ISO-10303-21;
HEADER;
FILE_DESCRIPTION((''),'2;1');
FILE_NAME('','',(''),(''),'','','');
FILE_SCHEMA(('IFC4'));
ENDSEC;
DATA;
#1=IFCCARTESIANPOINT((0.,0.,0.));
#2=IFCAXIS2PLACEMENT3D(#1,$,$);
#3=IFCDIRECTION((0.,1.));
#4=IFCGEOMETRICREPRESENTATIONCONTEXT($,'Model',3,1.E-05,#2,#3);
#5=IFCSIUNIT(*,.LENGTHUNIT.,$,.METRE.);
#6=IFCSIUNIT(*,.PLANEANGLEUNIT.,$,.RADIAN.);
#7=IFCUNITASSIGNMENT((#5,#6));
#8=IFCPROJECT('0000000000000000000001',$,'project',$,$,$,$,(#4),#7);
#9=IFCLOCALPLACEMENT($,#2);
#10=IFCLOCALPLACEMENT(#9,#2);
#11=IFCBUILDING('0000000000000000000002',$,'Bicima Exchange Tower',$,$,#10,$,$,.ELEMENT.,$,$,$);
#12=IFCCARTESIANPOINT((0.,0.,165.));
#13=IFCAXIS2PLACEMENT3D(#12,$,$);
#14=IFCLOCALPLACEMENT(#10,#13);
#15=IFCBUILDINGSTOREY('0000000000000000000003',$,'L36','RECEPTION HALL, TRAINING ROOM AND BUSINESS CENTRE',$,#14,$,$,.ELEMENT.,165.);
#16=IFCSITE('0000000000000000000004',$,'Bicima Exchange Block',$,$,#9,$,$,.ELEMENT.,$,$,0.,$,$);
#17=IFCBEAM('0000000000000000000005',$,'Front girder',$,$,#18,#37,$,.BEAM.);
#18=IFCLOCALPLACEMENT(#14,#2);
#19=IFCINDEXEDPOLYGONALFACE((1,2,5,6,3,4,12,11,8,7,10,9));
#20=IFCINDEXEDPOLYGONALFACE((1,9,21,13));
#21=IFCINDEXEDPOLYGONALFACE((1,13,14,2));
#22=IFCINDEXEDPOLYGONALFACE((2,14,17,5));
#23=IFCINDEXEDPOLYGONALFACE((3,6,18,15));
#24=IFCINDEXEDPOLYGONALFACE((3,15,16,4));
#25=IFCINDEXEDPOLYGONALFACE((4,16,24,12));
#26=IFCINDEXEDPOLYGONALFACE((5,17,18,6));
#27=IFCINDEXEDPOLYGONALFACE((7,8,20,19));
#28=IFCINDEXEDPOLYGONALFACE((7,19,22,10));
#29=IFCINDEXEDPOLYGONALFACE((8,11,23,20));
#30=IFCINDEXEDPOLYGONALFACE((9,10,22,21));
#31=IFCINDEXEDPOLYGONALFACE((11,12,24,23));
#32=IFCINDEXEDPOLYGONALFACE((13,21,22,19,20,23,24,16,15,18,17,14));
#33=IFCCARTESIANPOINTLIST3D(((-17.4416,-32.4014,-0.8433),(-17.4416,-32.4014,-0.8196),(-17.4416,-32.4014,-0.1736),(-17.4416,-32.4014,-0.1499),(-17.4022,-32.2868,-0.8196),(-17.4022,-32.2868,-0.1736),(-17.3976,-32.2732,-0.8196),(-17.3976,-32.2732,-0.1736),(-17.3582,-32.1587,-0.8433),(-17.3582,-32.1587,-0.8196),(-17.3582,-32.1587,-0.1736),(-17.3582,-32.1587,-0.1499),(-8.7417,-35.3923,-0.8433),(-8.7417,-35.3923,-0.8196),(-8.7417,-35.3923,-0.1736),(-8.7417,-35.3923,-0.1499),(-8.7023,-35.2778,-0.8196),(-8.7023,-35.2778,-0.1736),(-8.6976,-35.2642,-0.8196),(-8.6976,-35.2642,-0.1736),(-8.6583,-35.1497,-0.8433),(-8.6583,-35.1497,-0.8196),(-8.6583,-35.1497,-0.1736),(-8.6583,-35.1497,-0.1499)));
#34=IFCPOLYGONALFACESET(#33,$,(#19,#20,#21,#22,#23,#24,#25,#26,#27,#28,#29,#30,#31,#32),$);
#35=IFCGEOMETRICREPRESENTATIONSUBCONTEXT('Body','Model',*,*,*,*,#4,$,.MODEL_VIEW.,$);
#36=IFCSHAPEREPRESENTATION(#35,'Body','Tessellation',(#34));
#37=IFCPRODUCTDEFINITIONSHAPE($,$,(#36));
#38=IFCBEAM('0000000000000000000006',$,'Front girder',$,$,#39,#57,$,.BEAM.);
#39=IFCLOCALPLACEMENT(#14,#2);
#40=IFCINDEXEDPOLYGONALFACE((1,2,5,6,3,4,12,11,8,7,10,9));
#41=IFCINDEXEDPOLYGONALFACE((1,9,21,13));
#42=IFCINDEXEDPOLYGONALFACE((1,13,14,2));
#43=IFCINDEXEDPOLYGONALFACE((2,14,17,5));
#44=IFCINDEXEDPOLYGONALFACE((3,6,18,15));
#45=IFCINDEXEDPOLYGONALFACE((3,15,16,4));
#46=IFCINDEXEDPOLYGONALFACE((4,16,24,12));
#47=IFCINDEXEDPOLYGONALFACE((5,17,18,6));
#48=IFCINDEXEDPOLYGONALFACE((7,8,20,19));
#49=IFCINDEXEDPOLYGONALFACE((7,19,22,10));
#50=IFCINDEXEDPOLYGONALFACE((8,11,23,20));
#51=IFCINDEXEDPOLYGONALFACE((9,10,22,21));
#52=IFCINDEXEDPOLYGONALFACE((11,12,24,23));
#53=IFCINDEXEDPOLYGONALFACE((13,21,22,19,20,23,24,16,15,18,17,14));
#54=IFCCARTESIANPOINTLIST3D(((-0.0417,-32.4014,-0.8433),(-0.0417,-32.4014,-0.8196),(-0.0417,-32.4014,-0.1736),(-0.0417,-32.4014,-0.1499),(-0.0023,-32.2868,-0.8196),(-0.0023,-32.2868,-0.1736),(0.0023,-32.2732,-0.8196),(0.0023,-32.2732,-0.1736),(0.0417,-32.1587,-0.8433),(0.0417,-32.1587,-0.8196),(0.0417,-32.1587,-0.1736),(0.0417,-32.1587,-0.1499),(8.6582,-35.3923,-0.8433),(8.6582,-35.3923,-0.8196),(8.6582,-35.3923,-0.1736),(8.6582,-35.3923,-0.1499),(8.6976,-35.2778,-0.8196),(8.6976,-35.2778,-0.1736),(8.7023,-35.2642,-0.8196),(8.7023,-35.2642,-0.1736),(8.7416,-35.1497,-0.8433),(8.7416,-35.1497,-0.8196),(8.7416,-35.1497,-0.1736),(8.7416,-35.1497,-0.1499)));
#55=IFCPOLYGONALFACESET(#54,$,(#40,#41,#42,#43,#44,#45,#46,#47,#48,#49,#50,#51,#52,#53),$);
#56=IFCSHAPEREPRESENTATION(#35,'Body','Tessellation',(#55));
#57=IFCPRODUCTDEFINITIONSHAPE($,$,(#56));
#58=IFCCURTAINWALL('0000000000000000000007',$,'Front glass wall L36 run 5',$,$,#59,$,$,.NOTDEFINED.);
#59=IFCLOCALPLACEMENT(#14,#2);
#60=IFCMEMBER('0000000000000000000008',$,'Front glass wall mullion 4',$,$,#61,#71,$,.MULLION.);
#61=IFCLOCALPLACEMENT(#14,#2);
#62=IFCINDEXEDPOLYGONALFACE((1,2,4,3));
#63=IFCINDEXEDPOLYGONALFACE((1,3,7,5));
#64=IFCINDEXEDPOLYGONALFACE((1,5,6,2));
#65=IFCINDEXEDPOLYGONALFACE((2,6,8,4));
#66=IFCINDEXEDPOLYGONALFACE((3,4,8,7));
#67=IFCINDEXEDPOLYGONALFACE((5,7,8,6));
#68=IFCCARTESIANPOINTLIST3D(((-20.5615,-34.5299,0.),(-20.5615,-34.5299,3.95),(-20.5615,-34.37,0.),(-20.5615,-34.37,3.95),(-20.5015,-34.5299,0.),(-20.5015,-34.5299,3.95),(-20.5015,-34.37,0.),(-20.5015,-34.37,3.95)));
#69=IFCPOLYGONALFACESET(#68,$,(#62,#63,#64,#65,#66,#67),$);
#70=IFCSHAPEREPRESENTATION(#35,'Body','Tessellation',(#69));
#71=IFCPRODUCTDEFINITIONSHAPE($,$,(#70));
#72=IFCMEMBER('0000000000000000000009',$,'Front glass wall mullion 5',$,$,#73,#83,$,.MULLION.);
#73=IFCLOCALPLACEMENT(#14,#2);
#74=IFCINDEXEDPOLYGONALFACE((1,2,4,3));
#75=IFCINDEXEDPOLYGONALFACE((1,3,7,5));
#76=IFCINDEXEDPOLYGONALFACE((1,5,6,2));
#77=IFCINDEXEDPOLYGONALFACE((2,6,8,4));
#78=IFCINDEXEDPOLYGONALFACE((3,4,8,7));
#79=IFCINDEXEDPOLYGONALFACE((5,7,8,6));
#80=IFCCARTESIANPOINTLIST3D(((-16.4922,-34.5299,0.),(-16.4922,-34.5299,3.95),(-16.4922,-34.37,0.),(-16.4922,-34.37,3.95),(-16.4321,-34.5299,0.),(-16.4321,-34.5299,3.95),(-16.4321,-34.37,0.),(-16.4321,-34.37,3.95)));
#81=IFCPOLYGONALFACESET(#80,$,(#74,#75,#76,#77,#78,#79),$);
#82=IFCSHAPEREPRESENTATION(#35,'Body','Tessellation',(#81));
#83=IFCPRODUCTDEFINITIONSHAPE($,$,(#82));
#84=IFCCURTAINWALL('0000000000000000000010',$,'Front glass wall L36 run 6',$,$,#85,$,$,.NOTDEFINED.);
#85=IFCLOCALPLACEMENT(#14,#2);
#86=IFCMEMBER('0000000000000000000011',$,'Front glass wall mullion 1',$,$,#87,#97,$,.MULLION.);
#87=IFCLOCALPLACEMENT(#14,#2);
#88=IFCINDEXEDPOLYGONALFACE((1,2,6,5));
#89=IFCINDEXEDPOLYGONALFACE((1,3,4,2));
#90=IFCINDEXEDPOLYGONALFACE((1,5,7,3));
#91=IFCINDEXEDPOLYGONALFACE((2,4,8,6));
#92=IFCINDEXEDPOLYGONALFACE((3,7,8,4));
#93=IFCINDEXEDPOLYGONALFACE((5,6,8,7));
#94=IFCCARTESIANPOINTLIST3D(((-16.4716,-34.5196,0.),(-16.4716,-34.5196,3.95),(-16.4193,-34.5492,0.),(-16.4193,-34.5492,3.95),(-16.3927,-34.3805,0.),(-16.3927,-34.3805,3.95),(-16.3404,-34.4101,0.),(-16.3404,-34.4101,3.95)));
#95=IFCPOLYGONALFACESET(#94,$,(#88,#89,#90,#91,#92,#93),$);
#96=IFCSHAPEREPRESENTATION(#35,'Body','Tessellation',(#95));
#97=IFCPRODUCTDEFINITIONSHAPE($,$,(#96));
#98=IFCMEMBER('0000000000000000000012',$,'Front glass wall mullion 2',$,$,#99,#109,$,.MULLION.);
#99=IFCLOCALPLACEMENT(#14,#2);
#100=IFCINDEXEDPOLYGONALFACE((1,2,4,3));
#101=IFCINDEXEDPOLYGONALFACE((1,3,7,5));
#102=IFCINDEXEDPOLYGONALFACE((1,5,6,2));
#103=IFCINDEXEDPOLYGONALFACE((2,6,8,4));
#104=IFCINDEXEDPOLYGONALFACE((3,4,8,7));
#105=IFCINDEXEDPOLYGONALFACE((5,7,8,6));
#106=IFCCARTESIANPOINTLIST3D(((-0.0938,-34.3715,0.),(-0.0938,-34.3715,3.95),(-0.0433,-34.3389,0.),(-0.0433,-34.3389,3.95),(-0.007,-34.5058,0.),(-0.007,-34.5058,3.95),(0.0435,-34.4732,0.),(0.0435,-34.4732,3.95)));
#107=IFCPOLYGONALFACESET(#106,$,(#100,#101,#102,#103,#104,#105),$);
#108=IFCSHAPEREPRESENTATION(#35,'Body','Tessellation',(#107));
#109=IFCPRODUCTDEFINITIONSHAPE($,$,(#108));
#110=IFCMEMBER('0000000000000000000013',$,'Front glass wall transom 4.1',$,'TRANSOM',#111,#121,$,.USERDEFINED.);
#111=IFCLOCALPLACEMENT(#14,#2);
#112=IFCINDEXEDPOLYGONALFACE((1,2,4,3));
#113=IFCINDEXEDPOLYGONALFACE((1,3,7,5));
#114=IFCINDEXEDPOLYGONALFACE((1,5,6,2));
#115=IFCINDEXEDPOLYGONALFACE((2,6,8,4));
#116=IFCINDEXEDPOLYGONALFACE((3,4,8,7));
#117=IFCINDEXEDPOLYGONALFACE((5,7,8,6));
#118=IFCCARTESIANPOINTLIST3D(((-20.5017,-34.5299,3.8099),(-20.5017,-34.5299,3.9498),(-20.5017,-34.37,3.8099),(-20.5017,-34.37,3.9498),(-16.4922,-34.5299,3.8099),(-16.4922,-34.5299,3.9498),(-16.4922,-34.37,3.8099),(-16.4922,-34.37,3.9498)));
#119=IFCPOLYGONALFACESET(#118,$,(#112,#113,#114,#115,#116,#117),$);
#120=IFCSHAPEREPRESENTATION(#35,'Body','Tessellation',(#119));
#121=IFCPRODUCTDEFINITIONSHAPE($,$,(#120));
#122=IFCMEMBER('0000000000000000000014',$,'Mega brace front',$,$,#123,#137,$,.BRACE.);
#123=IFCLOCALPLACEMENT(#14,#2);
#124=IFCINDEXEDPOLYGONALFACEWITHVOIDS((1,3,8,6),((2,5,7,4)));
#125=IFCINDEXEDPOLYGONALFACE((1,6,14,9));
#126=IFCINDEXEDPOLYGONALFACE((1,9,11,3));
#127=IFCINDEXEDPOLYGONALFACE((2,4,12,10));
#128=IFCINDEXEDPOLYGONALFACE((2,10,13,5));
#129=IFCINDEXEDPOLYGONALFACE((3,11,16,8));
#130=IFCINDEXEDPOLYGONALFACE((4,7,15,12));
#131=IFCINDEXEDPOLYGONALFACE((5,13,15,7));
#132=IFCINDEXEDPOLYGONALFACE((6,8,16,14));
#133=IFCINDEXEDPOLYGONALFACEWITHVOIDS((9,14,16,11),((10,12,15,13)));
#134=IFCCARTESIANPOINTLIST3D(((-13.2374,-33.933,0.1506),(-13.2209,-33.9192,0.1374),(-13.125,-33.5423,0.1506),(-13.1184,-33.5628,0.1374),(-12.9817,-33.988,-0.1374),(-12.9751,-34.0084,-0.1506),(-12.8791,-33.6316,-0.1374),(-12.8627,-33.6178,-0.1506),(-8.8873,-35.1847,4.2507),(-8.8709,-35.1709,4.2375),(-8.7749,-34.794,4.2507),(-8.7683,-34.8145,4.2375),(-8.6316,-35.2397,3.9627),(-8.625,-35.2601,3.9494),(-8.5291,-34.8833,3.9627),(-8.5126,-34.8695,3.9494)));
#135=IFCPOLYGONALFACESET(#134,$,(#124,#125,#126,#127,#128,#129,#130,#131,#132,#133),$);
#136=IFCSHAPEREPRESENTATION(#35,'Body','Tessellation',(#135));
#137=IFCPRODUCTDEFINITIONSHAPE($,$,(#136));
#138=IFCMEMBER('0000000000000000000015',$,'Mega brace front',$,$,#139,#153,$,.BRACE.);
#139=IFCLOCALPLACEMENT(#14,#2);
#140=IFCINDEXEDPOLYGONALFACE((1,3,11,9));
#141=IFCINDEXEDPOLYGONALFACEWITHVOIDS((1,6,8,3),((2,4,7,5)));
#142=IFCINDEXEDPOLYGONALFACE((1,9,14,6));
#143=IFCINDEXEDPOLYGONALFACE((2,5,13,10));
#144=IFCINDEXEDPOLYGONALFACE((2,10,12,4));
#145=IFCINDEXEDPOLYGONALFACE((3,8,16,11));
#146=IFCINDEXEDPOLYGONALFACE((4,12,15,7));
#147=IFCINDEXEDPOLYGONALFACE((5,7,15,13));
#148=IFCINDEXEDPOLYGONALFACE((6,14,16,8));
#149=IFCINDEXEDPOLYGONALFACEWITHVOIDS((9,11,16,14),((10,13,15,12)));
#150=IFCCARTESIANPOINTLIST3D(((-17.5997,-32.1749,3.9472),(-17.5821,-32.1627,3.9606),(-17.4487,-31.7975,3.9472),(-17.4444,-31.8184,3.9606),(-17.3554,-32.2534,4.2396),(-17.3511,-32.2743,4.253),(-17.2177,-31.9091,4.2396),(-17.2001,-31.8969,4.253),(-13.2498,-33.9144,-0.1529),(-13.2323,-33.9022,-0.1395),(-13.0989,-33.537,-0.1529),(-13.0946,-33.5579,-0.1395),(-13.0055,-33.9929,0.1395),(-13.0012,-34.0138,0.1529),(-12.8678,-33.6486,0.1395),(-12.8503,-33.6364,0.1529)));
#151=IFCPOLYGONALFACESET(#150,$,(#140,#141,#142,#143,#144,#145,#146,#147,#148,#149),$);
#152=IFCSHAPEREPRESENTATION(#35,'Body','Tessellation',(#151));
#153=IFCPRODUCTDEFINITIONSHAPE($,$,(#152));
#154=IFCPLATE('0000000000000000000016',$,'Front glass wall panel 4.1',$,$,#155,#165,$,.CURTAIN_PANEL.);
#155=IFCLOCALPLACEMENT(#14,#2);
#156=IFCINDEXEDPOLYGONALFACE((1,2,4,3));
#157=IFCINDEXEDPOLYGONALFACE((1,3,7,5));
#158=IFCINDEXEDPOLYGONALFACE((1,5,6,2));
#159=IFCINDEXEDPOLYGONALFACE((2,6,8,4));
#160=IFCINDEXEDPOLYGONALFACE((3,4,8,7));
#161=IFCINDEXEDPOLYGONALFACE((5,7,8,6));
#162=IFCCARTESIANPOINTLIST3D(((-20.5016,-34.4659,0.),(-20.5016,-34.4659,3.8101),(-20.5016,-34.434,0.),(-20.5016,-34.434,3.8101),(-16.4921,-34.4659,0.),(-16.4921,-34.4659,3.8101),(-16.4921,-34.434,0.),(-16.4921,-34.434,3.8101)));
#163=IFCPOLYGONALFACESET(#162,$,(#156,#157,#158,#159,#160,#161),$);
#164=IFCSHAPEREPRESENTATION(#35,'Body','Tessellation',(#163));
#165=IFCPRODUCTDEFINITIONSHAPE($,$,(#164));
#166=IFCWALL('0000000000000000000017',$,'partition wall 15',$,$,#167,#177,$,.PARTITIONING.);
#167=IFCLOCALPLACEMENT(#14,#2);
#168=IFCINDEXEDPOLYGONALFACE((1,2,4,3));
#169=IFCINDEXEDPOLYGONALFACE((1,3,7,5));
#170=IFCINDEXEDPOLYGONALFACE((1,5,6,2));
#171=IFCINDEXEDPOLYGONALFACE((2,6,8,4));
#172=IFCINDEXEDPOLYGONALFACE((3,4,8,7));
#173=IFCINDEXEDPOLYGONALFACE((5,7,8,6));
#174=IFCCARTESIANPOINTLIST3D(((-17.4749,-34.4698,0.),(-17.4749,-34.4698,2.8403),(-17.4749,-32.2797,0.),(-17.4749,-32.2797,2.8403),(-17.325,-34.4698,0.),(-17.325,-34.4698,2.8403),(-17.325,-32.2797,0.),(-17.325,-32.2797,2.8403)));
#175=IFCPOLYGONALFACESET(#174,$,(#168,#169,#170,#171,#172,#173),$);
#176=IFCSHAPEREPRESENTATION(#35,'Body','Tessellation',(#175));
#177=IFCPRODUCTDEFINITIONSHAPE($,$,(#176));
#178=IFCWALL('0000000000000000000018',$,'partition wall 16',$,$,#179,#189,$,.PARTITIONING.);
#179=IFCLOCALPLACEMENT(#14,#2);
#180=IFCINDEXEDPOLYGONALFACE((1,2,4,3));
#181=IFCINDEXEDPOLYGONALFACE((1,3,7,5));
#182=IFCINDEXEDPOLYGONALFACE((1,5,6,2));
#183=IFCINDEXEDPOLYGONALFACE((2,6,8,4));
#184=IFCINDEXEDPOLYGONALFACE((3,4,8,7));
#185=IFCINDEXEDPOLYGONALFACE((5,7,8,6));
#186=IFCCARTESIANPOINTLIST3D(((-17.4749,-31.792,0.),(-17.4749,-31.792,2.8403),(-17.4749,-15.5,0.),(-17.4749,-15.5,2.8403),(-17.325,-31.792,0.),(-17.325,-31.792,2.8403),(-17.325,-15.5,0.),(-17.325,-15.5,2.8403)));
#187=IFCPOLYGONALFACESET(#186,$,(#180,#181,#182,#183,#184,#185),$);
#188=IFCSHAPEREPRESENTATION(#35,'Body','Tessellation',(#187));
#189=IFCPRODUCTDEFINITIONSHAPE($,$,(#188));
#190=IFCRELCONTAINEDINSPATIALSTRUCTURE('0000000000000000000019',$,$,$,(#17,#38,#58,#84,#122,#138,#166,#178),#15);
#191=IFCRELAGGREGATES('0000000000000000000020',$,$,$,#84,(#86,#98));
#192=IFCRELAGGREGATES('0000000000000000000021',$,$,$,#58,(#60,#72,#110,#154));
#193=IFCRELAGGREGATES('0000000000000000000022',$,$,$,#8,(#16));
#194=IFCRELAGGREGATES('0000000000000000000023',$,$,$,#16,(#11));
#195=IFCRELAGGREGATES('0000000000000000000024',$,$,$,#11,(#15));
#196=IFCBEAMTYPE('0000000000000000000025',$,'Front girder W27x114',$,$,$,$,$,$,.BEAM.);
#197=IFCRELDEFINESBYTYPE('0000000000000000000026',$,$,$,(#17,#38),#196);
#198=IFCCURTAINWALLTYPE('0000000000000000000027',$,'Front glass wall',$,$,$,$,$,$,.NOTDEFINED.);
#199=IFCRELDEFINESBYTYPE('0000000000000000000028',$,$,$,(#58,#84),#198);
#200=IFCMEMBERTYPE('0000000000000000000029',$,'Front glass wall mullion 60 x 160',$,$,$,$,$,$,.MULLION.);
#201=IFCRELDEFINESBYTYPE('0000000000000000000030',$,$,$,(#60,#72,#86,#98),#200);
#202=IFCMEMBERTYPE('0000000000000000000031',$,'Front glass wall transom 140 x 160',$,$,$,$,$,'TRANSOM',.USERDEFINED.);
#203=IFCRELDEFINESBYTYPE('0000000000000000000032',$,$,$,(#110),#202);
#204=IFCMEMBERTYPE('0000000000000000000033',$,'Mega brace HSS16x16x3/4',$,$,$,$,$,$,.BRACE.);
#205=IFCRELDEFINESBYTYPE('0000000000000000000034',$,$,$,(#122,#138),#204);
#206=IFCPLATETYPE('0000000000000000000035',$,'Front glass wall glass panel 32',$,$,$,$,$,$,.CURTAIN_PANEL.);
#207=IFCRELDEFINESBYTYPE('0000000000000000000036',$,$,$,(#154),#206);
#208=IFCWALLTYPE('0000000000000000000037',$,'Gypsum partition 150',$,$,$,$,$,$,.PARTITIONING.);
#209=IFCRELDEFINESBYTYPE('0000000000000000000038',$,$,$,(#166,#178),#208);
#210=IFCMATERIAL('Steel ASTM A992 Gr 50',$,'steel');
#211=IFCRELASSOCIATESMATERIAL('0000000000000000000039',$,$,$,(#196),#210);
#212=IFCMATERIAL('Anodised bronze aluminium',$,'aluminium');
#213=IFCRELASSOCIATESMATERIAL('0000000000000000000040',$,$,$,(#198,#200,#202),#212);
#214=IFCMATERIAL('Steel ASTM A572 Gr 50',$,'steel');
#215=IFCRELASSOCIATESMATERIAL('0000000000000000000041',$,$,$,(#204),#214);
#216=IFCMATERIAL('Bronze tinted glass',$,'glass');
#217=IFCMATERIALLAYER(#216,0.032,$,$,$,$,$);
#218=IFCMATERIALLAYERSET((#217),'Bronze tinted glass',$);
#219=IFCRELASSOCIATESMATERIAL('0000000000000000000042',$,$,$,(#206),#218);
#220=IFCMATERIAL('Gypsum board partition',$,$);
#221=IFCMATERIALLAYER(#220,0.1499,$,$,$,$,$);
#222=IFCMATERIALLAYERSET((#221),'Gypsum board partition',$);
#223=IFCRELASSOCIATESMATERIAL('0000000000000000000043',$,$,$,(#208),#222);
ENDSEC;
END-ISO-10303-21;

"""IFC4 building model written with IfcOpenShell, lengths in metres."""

from ifc_helpers import new_model, si_unit, direction, frame, frame_2d, origin, origin_2d, place, context, subcontext, project, spatial, rectangle, hollow_rectangle, i_section, extrude, material, layer, layer_set, material_profile, profile_set, type_object, element, aggregate, save


model = new_model("IFC4")

# Units and contexts
model_context = context("Model", 3, precision=1e-05, world=origin(), true_north=direction((0.0, 1.0)))
body_context = subcontext(model_context, "Body", "Model", "MODEL_VIEW")
ifc_project = project(units=[si_unit("LENGTHUNIT", "METRE"), si_unit("PLANEANGLEUNIT", "RADIAN")], contexts=[model_context])

# Site, building, storey
site_placement = place(None, origin())
site = spatial("IfcSite", under=ifc_project, at=site_placement, Name="Bicima Exchange Block", CompositionType="ELEMENT", RefElevation=0.0)
building_placement = place(site_placement, origin())
building = spatial("IfcBuilding", under=site, at=building_placement, Name="Bicima Exchange Tower", CompositionType="ELEMENT")
storey_placement = place(building_placement, frame((0.0, 0.0, 165.0)))
storey = spatial("IfcBuildingStorey", under=building, at=storey_placement, Name="L36", Description="RECEPTION HALL, TRAINING ROOM AND BUSINESS CENTRE", CompositionType="ELEMENT", Elevation=165.0)

# Shared definitions
ifc_material_1 = material(Name="Steel ASTM A992 Gr 50", Category="steel")

# Beams
ifc_material_profile_1 = material_profile(ifc_material_1, i_section(OverallWidth=0.2566, OverallDepth=0.6934, WebThickness=0.0144, FlangeThickness=0.0237, at=origin_2d()))
ifc_profile_set_1 = profile_set([ifc_material_profile_1], Name="Steel ASTM A992 Gr 50")
beam_type_1 = type_object("IfcBeamType", Name="Front girder W27x114", PredefinedType="BEAM", material=ifc_profile_set_1)
for number, where, z_axis, x_axis, name in (
    (1, (-17.3999, -32.28, -0.4966), (0.945675, -0.325115, 0.0), (0.325115, 0.945675, 0.0), "Front girder"),
    (2, (0.0, -32.28, -0.4966), (0.945675, -0.325115, 0.0), (0.325115, 0.945675, 0.0), "Front girder"),
):
    element("IfcBeam", number, at=place(storey_placement, frame(where, z_axis=z_axis, x_axis=x_axis)), inside=storey, type_object=beam_type_1, Name=name, PredefinedType="BEAM", context=body_context, shape_type="SweptSolid", body=[
        extrude(i_section(OverallWidth=0.2566, OverallDepth=0.6934, WebThickness=0.0144, FlangeThickness=0.0237, at=origin_2d()), origin(), (0.0, 0.0, 1.0), 9.1997),
    ])

# Curtain walls, members
ifc_material_2 = material(Name="Anodised bronze aluminium", Category="aluminium")
curtain_wall_type = type_object("IfcCurtainWallType", Name="Front glass wall", PredefinedType="NOTDEFINED", material=ifc_material_2)
curtain_wall_1_placement = place(storey_placement, origin())
curtain_wall_1 = element("IfcCurtainWall", 3, at=curtain_wall_1_placement, inside=storey, type_object=curtain_wall_type, Name="Front glass wall L36 run 5", PredefinedType="NOTDEFINED")
ifc_material_profile_2 = material_profile(ifc_material_2, rectangle(XDim=0.1599, YDim=0.0601, at=origin_2d()))
ifc_profile_set_2 = profile_set([ifc_material_profile_2], Name="Anodised bronze aluminium")
member_type_1 = type_object("IfcMemberType", Name="Front glass wall mullion 60 x 160", PredefinedType="MULLION", material=ifc_profile_set_2)
member_1_placement = place(storey_placement, frame((-20.5315, -34.45, 0.0), z_axis=(0.0, 0.0, 1.0), x_axis=(0.0, 1.0, 0.0)))
member_1 = element("IfcMember", 4, at=member_1_placement, type_object=member_type_1, Name="Front glass wall mullion 4", PredefinedType="MULLION", context=body_context, shape_type="SweptSolid", body=[
    extrude(rectangle(XDim=0.1599, YDim=0.0601, at=origin_2d()), origin(), (0.0, 0.0, 1.0), 3.95),
])
member_2_placement = place(storey_placement, frame((-16.4622, -34.45, 0.0), z_axis=(0.0, 0.0, 1.0), x_axis=(0.0, 1.0, 0.0)))
member_2 = element("IfcMember", 5, at=member_2_placement, type_object=member_type_1, Name="Front glass wall mullion 5", PredefinedType="MULLION", context=body_context, shape_type="SweptSolid", body=[
    extrude(rectangle(XDim=0.1599, YDim=0.0601, at=origin_2d()), origin(), (0.0, 0.0, 1.0), 3.95),
])
curtain_wall_2_placement = place(storey_placement, origin())
curtain_wall_2 = element("IfcCurtainWall", 6, at=curtain_wall_2_placement, inside=storey, type_object=curtain_wall_type, Name="Front glass wall L36 run 6", PredefinedType="NOTDEFINED")
member_3_placement = place(storey_placement, frame((-16.406, -34.4648, 0.0), z_axis=(0.0, 0.0, 1.0), x_axis=(0.493395, 0.869805, 0.0)))
member_3 = element("IfcMember", 7, at=member_3_placement, type_object=member_type_1, Name="Front glass wall mullion 1", PredefinedType="MULLION", context=body_context, shape_type="SweptSolid", body=[
    extrude(rectangle(XDim=0.1599, YDim=0.0601, at=origin_2d()), origin(), (0.0, 0.0, 1.0), 3.95),
])
member_4_placement = place(storey_placement, frame((-0.0251, -34.4224, 0.0), z_axis=(0.0, 0.0, 1.0), x_axis=(-0.542897, 0.839799, 0.0)))
member_4 = element("IfcMember", 8, at=member_4_placement, type_object=member_type_1, Name="Front glass wall mullion 2", PredefinedType="MULLION", context=body_context, shape_type="SweptSolid", body=[
    extrude(rectangle(XDim=0.1599, YDim=0.0601, at=origin_2d()), origin(), (0.0, 0.0, 1.0), 3.95),
])
aggregate(curtain_wall_2, [member_3, member_4])

# Member
ifc_material_profile_3 = material_profile(ifc_material_2, rectangle(XDim=0.1599, YDim=0.1399, at=origin_2d()))
ifc_profile_set_3 = profile_set([ifc_material_profile_3], Name="Anodised bronze aluminium")
member_type_2 = type_object("IfcMemberType", Name="Front glass wall transom 140 x 160", ElementType="TRANSOM", PredefinedType="USERDEFINED", material=ifc_profile_set_3)
member_5_placement = place(storey_placement, frame((-20.5017, -34.45, 3.8799), z_axis=(1.0, 0.0, 0.0), x_axis=(0.0, 1.0, 0.0)))
member_5 = element("IfcMember", 9, at=member_5_placement, type_object=member_type_2, Name="Front glass wall transom 4.1", ObjectType="TRANSOM", PredefinedType="USERDEFINED", context=body_context, shape_type="SweptSolid", body=[
    extrude(rectangle(XDim=0.1599, YDim=0.1399, at=origin_2d()), origin(), (0.0, 0.0, 1.0), 4.0095),
])

# Members
ifc_material_3 = material(Name="Steel ASTM A572 Gr 50", Category="steel")
ifc_material_profile_4 = material_profile(ifc_material_3, hollow_rectangle(XDim=0.4065, YDim=0.4065, WallThickness=0.0178, at=origin_2d()))
ifc_profile_set_4 = profile_set([ifc_material_profile_4], Name="Steel ASTM A572 Gr 50")
member_type_3 = type_object("IfcMemberType", Name="Mega brace HSS16x16x3/4", PredefinedType="BRACE", material=ifc_profile_set_4)
member_6_placement = place(storey_placement, frame((-13.05, -33.7754, 0.0), z_axis=(0.712261, -0.204948, 0.671327), x_axis=(0.276523, 0.961007, 0.0)))
element("IfcMember", 10, at=member_6_placement, inside=storey, type_object=member_type_3, Name="Mega brace front", PredefinedType="BRACE", context=body_context, shape_type="SweptSolid", body=[
    extrude(hollow_rectangle(XDim=0.4065, YDim=0.4065, WallThickness=0.0178, at=origin_2d()), origin(), (0.0, 0.0, 1.0), 6.1074),
])
member_7_placement = place(storey_placement, frame((-13.05, -33.7754, 0.0), z_axis=(-0.698706, 0.279412, 0.658588), x_axis=(-0.37131, -0.928509, 0.0)))
element("IfcMember", 11, at=member_7_placement, inside=storey, type_object=member_type_3, Name="Mega brace front", PredefinedType="BRACE", context=body_context, shape_type="SweptSolid", body=[
    extrude(hollow_rectangle(XDim=0.4065, YDim=0.4065, WallThickness=0.0178, at=origin_2d()), origin(), (0.0, 0.0, 1.0), 6.2256),
])

# Plate
ifc_material_4 = material(Name="Bronze tinted glass", Category="glass")
ifc_layer_1 = layer(ifc_material_4, 0.032)
ifc_layer_set_1 = layer_set([ifc_layer_1], Name="Bronze tinted glass")
plate_type = type_object("IfcPlateType", Name="Front glass wall glass panel 32", PredefinedType="CURTAIN_PANEL", material=ifc_layer_set_1)
plate_placement = place(storey_placement, frame((-18.4968, -34.45, 0.0), z_axis=(0.0, 0.0, 1.0), x_axis=(1.0, 0.0, 0.0)))
plate = element("IfcPlate", 12, at=plate_placement, type_object=plate_type, Name="Front glass wall panel 4.1", PredefinedType="CURTAIN_PANEL", context=body_context, shape_type="SweptSolid", body=[
    extrude(rectangle(XDim=4.0095, YDim=0.032, at=origin_2d()), origin(), (0.0, 0.0, 1.0), 3.8101),
])
aggregate(curtain_wall_1, [member_1, member_2, member_5, plate])

# Walls
ifc_material_5 = material(Name="Gypsum board partition")
ifc_layer_2 = layer(ifc_material_5, 0.1499)
ifc_layer_set_2 = layer_set([ifc_layer_2], Name="Gypsum board partition")
wall_type = type_object("IfcWallType", Name="Gypsum partition 150", PredefinedType="PARTITIONING", material=ifc_layer_set_2)
wall_1_placement = place(storey_placement, frame((-17.3999, -34.47, 0.0), z_axis=(0.0, 0.0, 1.0), x_axis=(0.0, 1.0, 0.0)))
element("IfcWall", 13, at=wall_1_placement, inside=storey, type_object=wall_type, Name="partition wall 15", PredefinedType="PARTITIONING", context=body_context, shape_type="SweptSolid", body=[
    extrude(rectangle(XDim=2.1902, YDim=0.1499, at=frame_2d((1.0952, 0.0))), origin(), (0.0, 0.0, 1.0), 2.8403),
])
wall_2_placement = place(storey_placement, frame((-17.3999, -31.792, 0.0), z_axis=(0.0, 0.0, 1.0), x_axis=(0.0, 1.0, 0.0)))
element("IfcWall", 14, at=wall_2_placement, inside=storey, type_object=wall_type, Name="partition wall 16", PredefinedType="PARTITIONING", context=body_context, shape_type="SweptSolid", body=[
    extrude(rectangle(XDim=16.292, YDim=0.1499, at=frame_2d((8.146, 0.0))), origin(), (0.0, 0.0, 1.0), 2.8403),
])

save(model, "model.ifc")
